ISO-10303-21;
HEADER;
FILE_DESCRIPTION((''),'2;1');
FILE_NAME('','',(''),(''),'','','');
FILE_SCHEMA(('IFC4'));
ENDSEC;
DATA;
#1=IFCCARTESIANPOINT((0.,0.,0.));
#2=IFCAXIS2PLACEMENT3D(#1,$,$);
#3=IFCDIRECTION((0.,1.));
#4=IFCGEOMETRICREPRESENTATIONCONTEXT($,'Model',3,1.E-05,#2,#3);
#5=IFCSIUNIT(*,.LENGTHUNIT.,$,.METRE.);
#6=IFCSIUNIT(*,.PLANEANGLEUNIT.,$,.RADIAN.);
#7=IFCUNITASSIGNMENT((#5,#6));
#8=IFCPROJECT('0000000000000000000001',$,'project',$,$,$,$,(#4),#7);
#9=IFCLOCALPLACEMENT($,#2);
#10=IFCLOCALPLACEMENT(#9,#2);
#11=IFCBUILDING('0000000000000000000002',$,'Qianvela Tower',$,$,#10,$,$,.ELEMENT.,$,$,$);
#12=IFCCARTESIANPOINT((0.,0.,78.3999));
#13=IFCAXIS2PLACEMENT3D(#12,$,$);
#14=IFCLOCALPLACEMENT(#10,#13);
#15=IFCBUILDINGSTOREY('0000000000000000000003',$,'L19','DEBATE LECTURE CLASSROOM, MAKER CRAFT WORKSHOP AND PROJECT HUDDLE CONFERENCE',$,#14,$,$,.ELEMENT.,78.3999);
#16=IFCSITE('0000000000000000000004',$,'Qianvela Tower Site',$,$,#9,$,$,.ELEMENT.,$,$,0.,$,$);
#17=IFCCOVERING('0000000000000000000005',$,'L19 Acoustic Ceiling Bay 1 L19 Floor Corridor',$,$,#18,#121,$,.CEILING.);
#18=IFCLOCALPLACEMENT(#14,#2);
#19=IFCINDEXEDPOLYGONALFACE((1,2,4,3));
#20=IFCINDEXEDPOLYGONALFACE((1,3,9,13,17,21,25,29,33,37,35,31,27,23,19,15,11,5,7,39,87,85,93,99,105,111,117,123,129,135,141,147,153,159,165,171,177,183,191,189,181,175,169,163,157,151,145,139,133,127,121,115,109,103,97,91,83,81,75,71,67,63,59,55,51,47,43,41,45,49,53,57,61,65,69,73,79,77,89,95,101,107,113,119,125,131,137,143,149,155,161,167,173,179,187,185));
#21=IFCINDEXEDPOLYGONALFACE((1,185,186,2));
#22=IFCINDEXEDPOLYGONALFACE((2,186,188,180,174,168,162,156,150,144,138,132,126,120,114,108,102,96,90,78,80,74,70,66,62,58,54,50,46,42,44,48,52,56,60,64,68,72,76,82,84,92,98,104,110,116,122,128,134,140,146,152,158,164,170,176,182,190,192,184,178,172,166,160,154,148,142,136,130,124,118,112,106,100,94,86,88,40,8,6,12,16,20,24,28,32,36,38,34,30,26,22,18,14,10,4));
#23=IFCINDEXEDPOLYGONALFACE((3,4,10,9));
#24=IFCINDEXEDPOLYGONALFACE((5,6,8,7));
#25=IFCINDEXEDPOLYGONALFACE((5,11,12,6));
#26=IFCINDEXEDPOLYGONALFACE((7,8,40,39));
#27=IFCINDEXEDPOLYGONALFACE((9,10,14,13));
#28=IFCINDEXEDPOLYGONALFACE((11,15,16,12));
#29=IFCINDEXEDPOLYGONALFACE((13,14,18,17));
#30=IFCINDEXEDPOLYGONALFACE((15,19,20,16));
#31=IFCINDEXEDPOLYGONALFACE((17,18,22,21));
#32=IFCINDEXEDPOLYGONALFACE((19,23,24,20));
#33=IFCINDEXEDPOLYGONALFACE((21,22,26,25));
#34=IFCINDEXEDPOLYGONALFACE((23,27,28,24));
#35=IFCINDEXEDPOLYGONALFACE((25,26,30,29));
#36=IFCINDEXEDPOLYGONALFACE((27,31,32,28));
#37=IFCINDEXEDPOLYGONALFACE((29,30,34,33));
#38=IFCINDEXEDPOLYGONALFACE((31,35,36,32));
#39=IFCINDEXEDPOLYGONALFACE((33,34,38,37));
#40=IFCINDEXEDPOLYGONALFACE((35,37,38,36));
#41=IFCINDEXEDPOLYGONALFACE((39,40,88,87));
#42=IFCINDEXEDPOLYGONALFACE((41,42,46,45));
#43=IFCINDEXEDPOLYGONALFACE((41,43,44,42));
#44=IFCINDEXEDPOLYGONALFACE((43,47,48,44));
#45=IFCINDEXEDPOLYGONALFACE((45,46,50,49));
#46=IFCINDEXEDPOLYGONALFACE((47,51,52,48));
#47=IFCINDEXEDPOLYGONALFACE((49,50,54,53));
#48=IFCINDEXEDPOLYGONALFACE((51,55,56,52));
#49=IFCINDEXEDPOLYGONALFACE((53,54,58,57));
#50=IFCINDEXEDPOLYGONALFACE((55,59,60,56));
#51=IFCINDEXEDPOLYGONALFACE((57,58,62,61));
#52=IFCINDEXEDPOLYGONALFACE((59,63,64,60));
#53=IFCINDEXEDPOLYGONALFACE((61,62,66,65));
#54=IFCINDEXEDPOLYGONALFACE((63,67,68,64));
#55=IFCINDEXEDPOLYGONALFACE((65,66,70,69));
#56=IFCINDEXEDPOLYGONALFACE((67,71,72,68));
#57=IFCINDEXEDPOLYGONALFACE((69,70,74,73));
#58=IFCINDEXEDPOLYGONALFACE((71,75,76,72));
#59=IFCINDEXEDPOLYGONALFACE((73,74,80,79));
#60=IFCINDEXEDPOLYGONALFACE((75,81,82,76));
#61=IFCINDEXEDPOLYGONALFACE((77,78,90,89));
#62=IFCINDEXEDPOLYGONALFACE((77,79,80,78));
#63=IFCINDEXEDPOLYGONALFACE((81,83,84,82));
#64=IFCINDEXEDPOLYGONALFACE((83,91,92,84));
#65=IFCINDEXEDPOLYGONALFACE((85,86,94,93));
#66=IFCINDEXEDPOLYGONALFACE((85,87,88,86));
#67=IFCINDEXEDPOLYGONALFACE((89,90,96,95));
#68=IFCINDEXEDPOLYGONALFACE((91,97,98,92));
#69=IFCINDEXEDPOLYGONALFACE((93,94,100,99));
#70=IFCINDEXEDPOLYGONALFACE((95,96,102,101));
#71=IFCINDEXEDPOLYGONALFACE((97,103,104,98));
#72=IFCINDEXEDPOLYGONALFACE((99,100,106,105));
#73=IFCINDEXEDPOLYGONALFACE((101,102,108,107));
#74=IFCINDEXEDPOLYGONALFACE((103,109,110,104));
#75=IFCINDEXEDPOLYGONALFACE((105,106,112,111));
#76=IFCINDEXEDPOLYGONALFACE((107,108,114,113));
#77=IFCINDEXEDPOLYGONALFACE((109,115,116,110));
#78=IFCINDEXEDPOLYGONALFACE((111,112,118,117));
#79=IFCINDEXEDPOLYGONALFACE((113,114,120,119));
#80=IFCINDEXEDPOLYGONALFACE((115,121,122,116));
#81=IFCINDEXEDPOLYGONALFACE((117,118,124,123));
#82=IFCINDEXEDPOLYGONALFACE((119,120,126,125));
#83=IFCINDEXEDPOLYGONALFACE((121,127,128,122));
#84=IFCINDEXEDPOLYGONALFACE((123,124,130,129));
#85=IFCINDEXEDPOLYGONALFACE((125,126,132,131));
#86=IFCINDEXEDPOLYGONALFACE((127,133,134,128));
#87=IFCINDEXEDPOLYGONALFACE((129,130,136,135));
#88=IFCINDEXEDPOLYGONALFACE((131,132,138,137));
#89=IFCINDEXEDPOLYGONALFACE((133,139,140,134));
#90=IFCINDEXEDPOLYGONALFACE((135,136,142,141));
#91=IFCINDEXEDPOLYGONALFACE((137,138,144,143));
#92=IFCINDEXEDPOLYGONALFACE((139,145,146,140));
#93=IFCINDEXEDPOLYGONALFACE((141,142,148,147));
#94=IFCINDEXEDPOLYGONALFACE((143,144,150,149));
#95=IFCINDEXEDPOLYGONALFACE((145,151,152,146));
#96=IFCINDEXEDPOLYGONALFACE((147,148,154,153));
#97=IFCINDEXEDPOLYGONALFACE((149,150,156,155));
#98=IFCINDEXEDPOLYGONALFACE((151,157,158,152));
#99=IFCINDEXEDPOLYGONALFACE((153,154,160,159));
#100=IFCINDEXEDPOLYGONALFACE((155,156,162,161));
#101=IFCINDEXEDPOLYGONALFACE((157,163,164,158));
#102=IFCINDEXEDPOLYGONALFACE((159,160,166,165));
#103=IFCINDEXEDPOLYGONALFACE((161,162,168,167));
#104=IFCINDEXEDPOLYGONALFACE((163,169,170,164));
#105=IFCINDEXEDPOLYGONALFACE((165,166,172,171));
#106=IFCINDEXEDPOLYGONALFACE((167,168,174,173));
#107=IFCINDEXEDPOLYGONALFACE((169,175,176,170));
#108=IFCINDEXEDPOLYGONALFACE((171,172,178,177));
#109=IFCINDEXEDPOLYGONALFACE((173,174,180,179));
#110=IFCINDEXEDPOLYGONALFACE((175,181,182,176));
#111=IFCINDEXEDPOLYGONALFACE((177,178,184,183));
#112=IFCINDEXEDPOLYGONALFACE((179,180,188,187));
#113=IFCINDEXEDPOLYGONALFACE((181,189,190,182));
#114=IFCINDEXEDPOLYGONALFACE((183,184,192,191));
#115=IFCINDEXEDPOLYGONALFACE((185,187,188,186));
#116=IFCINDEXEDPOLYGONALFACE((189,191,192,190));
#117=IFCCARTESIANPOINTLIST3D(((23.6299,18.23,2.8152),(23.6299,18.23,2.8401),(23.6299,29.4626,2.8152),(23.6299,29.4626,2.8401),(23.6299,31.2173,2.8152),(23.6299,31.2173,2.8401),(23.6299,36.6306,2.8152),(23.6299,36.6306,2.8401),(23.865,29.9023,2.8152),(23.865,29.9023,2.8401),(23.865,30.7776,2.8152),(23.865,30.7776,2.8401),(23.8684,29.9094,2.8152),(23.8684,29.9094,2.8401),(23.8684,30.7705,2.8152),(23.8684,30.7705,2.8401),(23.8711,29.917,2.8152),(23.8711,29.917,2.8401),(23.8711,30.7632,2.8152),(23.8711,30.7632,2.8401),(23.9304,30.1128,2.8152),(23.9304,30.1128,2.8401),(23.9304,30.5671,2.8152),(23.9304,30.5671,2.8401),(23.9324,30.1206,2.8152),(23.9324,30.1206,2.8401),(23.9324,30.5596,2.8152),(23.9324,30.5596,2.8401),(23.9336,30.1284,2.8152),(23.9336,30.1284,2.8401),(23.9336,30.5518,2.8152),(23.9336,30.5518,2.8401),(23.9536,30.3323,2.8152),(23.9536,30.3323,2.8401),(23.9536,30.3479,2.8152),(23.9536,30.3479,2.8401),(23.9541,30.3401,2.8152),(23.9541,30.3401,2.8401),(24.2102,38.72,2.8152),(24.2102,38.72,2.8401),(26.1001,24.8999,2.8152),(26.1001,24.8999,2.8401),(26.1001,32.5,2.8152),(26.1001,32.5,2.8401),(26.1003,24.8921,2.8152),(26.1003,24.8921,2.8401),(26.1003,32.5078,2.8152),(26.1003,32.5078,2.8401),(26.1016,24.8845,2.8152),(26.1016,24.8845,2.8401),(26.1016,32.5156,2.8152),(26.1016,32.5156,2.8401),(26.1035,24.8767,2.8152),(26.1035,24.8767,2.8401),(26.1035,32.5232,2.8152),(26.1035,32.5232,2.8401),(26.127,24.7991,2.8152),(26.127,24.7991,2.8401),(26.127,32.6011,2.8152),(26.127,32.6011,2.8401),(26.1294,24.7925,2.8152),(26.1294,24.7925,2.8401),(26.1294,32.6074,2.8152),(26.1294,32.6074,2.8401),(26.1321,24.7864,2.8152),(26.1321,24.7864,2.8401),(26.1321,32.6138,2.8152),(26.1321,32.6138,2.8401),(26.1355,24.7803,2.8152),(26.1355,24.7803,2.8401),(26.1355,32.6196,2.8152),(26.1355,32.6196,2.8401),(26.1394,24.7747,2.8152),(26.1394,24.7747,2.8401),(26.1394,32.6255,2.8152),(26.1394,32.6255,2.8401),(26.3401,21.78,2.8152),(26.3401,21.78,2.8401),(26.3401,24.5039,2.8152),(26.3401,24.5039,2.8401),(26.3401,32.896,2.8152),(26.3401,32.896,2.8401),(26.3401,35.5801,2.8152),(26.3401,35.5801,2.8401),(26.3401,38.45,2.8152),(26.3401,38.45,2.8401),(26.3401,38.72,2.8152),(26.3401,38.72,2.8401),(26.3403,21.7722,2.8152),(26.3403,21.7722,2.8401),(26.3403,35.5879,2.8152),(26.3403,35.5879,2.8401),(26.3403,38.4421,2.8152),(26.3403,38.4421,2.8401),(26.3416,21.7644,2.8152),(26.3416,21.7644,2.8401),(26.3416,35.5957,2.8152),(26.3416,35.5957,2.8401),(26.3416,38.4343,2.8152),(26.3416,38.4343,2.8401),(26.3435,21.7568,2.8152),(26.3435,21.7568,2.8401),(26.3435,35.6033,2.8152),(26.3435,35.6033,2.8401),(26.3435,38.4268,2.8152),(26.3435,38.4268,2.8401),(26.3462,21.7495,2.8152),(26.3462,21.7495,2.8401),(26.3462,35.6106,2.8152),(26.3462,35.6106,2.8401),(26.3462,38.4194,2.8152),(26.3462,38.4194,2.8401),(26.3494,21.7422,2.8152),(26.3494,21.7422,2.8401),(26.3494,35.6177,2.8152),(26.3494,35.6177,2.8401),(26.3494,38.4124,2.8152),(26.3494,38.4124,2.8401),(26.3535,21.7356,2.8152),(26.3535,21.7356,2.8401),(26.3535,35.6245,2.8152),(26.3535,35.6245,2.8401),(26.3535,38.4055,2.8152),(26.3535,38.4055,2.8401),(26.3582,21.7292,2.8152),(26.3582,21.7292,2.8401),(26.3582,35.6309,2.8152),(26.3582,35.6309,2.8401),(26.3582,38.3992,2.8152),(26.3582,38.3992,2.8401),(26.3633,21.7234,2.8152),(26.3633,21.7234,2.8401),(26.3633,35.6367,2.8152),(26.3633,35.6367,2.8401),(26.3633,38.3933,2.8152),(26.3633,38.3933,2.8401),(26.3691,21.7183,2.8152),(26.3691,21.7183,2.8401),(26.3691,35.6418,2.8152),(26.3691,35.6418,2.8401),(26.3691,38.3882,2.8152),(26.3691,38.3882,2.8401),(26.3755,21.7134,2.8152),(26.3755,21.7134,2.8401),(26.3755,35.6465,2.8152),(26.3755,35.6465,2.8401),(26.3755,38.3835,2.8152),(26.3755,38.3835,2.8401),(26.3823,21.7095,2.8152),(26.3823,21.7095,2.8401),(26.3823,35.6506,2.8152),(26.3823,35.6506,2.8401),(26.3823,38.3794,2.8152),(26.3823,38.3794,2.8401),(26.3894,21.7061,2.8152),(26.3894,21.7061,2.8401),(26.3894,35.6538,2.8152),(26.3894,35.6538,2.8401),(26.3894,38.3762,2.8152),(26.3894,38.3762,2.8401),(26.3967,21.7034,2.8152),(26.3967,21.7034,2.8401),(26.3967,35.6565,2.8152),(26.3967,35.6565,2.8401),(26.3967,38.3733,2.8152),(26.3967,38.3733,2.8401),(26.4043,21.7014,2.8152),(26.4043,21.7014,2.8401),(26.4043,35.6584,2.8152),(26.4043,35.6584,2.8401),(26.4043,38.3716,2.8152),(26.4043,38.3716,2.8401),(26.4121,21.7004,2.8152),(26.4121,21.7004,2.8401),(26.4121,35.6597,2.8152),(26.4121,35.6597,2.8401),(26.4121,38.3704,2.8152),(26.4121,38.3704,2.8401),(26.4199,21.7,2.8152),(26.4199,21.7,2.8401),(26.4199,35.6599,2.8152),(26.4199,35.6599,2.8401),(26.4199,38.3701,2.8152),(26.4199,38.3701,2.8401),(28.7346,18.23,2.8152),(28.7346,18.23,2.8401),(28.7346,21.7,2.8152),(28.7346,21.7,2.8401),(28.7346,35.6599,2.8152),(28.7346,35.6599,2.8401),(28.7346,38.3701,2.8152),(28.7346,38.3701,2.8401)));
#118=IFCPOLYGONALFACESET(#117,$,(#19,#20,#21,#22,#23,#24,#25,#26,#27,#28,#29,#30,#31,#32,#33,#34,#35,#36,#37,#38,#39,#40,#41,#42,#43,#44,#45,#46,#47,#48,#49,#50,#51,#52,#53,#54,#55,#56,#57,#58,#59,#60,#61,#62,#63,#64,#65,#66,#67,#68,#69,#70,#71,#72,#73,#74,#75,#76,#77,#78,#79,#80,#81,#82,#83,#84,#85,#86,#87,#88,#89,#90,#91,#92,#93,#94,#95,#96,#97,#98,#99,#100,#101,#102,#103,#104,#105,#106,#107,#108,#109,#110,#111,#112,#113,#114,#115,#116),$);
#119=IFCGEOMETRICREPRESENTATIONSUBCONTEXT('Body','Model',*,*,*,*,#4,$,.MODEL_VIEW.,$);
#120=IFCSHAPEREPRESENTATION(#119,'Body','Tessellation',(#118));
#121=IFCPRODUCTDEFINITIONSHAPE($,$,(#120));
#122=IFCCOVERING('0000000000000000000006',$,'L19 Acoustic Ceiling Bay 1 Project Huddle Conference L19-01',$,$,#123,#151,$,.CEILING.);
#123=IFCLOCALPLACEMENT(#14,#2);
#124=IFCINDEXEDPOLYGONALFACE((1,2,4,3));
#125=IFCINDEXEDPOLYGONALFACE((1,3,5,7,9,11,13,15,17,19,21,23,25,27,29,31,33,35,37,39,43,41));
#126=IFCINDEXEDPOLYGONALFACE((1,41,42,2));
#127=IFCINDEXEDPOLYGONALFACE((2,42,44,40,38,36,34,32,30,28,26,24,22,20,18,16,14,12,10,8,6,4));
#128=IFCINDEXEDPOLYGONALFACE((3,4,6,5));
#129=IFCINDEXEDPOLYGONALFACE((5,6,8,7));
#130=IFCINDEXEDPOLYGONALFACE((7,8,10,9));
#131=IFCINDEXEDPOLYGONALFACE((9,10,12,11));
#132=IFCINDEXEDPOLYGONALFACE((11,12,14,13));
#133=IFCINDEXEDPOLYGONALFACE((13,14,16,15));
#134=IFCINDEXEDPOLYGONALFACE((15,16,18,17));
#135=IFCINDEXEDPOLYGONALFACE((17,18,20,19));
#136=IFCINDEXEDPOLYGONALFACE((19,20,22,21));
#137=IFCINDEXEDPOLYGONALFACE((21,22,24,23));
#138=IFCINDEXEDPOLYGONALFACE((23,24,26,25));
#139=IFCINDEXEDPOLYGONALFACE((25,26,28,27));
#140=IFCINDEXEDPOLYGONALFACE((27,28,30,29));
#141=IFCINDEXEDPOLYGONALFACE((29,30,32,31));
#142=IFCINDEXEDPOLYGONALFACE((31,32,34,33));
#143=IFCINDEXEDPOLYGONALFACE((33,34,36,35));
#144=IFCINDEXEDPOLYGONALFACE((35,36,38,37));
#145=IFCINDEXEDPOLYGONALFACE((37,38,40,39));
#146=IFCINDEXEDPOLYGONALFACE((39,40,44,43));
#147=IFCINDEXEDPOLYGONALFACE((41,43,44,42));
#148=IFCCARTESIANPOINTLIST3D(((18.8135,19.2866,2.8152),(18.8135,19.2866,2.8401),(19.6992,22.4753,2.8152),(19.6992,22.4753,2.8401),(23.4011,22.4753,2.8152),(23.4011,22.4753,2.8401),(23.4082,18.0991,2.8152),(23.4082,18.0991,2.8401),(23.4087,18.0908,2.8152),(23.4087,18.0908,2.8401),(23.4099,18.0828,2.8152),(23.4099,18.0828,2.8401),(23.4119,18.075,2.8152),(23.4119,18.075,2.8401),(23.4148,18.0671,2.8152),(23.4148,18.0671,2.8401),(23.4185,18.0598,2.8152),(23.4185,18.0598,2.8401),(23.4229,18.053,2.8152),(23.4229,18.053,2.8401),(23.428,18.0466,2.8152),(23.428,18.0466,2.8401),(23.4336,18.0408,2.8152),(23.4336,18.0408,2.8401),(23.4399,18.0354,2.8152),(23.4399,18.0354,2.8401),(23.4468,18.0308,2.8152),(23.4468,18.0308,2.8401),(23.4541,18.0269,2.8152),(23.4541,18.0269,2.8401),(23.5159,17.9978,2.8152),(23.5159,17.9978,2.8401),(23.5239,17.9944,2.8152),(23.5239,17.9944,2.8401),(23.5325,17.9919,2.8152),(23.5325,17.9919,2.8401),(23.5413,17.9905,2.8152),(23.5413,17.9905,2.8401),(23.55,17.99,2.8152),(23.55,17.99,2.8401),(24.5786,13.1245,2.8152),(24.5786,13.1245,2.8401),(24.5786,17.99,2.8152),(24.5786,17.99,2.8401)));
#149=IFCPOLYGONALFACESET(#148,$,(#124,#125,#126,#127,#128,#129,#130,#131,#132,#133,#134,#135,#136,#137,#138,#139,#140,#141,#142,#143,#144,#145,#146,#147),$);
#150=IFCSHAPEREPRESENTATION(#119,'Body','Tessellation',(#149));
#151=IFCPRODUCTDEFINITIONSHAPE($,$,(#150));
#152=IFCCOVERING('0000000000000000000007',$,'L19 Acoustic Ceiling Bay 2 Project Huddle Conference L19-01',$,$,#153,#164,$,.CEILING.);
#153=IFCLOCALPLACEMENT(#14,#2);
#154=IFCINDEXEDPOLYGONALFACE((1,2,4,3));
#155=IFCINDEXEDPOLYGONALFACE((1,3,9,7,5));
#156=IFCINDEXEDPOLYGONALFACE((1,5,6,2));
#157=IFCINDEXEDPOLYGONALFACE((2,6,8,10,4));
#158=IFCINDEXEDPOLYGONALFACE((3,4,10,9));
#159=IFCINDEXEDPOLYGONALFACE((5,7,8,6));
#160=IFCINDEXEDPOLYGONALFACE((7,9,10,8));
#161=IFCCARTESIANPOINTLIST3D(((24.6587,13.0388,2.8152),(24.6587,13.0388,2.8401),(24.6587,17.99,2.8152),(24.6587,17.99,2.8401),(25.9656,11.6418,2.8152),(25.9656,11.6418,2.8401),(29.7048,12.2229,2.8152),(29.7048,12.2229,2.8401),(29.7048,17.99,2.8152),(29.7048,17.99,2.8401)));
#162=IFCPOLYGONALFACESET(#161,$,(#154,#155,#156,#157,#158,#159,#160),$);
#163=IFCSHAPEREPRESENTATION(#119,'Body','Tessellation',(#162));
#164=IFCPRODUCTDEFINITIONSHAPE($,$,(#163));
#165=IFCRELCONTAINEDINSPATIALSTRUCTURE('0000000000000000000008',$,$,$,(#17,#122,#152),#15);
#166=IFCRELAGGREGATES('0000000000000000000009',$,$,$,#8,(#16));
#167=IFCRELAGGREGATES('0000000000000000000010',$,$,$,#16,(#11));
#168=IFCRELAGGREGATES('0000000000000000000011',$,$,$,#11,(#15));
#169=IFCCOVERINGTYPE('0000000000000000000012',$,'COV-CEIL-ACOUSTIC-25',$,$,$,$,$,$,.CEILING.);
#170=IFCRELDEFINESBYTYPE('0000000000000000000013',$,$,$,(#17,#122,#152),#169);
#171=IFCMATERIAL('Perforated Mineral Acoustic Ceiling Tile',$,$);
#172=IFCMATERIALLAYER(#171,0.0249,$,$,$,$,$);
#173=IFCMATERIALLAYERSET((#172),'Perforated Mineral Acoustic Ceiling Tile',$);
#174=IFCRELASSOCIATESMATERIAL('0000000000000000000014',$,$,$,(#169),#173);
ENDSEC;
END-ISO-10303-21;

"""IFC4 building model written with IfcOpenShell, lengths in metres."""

from ifc_helpers import new_model, si_unit, direction, frame, origin, place, context, subcontext, project, spatial, polyline, outline, extrude, material, layer, layer_set, type_object, element, save


model = new_model("IFC4")

# Units and contexts
model_context = context("Model", 3, precision=1e-05, world=origin(), true_north=direction((0.0, 1.0)))
body_context = subcontext(model_context, "Body", "Model", "MODEL_VIEW")
ifc_project = project(units=[si_unit("LENGTHUNIT", "METRE"), si_unit("PLANEANGLEUNIT", "RADIAN")], contexts=[model_context])

# Site, building, storey
site_placement = place(None, origin())
site = spatial("IfcSite", under=ifc_project, at=site_placement, Name="Qianvela Tower Site", CompositionType="ELEMENT", RefElevation=0.0)
building_placement = place(site_placement, origin())
building = spatial("IfcBuilding", under=site, at=building_placement, Name="Qianvela Tower", CompositionType="ELEMENT")
storey_placement = place(building_placement, frame((0.0, 0.0, 78.3999)))
storey = spatial("IfcBuildingStorey", under=building, at=storey_placement, Name="L19", Description="DEBATE LECTURE CLASSROOM, MAKER CRAFT WORKSHOP AND PROJECT HUDDLE CONFERENCE", CompositionType="ELEMENT", Elevation=78.3999)

# Coverings
ifc_material_1 = material(Name="Perforated Mineral Acoustic Ceiling Tile")
ifc_layer_1 = layer(ifc_material_1, 0.0249)
ifc_layer_set_1 = layer_set([ifc_layer_1], Name="Perforated Mineral Acoustic Ceiling Tile")
covering_type_1 = type_object("IfcCoveringType", Name="COV-CEIL-ACOUSTIC-25", PredefinedType="CEILING", material=ifc_layer_set_1)
covering_1_placement = place(storey_placement, frame((0.0, 0.0, 2.8152)))
element("IfcCovering", 1, at=covering_1_placement, inside=storey, type_object=covering_type_1, Name="L19 Acoustic Ceiling Bay 1 L19 Floor Corridor", PredefinedType="CEILING", context=body_context, shape_type="SweptSolid", body=[
    extrude(outline(polyline([(23.8684, 30.7705), (23.865, 30.7776), (23.6299, 31.2173), (23.6299, 36.6306), (24.2102, 38.72), (26.3401, 38.72), (26.3401, 38.45), (26.3403, 38.4421), (26.3416, 38.4343), (26.3435, 38.4268), (26.3462, 38.4194), (26.3494, 38.4124), (26.3535, 38.4055), (26.3582, 38.3992), (26.3633, 38.3933), (26.3691, 38.3882), (26.3755, 38.3835), (26.3823, 38.3794), (26.3894, 38.3762), (26.3967, 38.3733), (26.4043, 38.3716), (26.4121, 38.3704), (26.4199, 38.3701), (28.7346, 38.3701), (28.7346, 35.6599), (26.4199, 35.6599), (26.4121, 35.6597), (26.4043, 35.6584), (26.3967, 35.6565), (26.3894, 35.6538), (26.3823, 35.6506), (26.3755, 35.6465), (26.3691, 35.6418), (26.3633, 35.6367), (26.3582, 35.6309), (26.3535, 35.6245), (26.3494, 35.6177), (26.3462, 35.6106), (26.3435, 35.6033), (26.3416, 35.5957), (26.3403, 35.5879), (26.3401, 35.5801), (26.3401, 32.896), (26.1394, 32.6255), (26.1355, 32.6196), (26.1321, 32.6138), (26.1294, 32.6074), (26.127, 32.6011), (26.1035, 32.5232), (26.1016, 32.5156), (26.1003, 32.5078), (26.1001, 32.5), (26.1001, 24.8999), (26.1003, 24.8921), (26.1016, 24.8845), (26.1035, 24.8767), (26.127, 24.7991), (26.1294, 24.7925), (26.1321, 24.7864), (26.1355, 24.7803), (26.1394, 24.7747), (26.3401, 24.5039), (26.3401, 21.78), (26.3403, 21.7722), (26.3416, 21.7644), (26.3435, 21.7568), (26.3462, 21.7495), (26.3494, 21.7422), (26.3535, 21.7356), (26.3582, 21.7292), (26.3633, 21.7234), (26.3691, 21.7183), (26.3755, 21.7134), (26.3823, 21.7095), (26.3894, 21.7061), (26.3967, 21.7034), (26.4043, 21.7014), (26.4121, 21.7004), (26.4199, 21.7), (28.7346, 21.7), (28.7346, 18.23), (23.6299, 18.23), (23.6299, 29.4626), (23.865, 29.9023), (23.8684, 29.9094), (23.8711, 29.917), (23.9304, 30.1128), (23.9324, 30.1206), (23.9336, 30.1284), (23.9536, 30.3323), (23.9541, 30.3401), (23.9536, 30.3479), (23.9336, 30.5518), (23.9324, 30.5596), (23.9304, 30.5671), (23.8711, 30.7632), (23.8684, 30.7705)])), origin(), (0.0, 0.0, 1.0), 0.0249),
])
covering_2_placement = place(storey_placement, frame((0.0, 0.0, 2.8152)))
element("IfcCovering", 2, at=covering_2_placement, inside=storey, type_object=covering_type_1, Name="L19 Acoustic Ceiling Bay 1 Project Huddle Conference L19-01", PredefinedType="CEILING", context=body_context, shape_type="SweptSolid", body=[
    extrude(outline(polyline([(23.5239, 17.9944), (23.5325, 17.9919), (23.5413, 17.9905), (23.55, 17.99), (24.5786, 17.99), (24.5786, 13.1245), (18.8135, 19.2866), (19.6992, 22.4753), (23.4011, 22.4753), (23.4082, 18.0991), (23.4087, 18.0908), (23.4099, 18.0828), (23.4119, 18.075), (23.4148, 18.0671), (23.4185, 18.0598), (23.4229, 18.053), (23.428, 18.0466), (23.4336, 18.0408), (23.4399, 18.0354), (23.4468, 18.0308), (23.4541, 18.0269), (23.5159, 17.9978), (23.5239, 17.9944)])), origin(), (0.0, 0.0, 1.0), 0.0249),
])
covering_3_placement = place(storey_placement, frame((0.0, 0.0, 2.8152)))
element("IfcCovering", 3, at=covering_3_placement, inside=storey, type_object=covering_type_1, Name="L19 Acoustic Ceiling Bay 2 Project Huddle Conference L19-01", PredefinedType="CEILING", context=body_context, shape_type="SweptSolid", body=[
    extrude(outline(polyline([(29.7048, 17.99), (29.7048, 12.2229), (25.9656, 11.6418), (24.6587, 13.0388), (24.6587, 17.99), (29.7048, 17.99)])), origin(), (0.0, 0.0, 1.0), 0.0249),
])

save(model, "model.ifc")
